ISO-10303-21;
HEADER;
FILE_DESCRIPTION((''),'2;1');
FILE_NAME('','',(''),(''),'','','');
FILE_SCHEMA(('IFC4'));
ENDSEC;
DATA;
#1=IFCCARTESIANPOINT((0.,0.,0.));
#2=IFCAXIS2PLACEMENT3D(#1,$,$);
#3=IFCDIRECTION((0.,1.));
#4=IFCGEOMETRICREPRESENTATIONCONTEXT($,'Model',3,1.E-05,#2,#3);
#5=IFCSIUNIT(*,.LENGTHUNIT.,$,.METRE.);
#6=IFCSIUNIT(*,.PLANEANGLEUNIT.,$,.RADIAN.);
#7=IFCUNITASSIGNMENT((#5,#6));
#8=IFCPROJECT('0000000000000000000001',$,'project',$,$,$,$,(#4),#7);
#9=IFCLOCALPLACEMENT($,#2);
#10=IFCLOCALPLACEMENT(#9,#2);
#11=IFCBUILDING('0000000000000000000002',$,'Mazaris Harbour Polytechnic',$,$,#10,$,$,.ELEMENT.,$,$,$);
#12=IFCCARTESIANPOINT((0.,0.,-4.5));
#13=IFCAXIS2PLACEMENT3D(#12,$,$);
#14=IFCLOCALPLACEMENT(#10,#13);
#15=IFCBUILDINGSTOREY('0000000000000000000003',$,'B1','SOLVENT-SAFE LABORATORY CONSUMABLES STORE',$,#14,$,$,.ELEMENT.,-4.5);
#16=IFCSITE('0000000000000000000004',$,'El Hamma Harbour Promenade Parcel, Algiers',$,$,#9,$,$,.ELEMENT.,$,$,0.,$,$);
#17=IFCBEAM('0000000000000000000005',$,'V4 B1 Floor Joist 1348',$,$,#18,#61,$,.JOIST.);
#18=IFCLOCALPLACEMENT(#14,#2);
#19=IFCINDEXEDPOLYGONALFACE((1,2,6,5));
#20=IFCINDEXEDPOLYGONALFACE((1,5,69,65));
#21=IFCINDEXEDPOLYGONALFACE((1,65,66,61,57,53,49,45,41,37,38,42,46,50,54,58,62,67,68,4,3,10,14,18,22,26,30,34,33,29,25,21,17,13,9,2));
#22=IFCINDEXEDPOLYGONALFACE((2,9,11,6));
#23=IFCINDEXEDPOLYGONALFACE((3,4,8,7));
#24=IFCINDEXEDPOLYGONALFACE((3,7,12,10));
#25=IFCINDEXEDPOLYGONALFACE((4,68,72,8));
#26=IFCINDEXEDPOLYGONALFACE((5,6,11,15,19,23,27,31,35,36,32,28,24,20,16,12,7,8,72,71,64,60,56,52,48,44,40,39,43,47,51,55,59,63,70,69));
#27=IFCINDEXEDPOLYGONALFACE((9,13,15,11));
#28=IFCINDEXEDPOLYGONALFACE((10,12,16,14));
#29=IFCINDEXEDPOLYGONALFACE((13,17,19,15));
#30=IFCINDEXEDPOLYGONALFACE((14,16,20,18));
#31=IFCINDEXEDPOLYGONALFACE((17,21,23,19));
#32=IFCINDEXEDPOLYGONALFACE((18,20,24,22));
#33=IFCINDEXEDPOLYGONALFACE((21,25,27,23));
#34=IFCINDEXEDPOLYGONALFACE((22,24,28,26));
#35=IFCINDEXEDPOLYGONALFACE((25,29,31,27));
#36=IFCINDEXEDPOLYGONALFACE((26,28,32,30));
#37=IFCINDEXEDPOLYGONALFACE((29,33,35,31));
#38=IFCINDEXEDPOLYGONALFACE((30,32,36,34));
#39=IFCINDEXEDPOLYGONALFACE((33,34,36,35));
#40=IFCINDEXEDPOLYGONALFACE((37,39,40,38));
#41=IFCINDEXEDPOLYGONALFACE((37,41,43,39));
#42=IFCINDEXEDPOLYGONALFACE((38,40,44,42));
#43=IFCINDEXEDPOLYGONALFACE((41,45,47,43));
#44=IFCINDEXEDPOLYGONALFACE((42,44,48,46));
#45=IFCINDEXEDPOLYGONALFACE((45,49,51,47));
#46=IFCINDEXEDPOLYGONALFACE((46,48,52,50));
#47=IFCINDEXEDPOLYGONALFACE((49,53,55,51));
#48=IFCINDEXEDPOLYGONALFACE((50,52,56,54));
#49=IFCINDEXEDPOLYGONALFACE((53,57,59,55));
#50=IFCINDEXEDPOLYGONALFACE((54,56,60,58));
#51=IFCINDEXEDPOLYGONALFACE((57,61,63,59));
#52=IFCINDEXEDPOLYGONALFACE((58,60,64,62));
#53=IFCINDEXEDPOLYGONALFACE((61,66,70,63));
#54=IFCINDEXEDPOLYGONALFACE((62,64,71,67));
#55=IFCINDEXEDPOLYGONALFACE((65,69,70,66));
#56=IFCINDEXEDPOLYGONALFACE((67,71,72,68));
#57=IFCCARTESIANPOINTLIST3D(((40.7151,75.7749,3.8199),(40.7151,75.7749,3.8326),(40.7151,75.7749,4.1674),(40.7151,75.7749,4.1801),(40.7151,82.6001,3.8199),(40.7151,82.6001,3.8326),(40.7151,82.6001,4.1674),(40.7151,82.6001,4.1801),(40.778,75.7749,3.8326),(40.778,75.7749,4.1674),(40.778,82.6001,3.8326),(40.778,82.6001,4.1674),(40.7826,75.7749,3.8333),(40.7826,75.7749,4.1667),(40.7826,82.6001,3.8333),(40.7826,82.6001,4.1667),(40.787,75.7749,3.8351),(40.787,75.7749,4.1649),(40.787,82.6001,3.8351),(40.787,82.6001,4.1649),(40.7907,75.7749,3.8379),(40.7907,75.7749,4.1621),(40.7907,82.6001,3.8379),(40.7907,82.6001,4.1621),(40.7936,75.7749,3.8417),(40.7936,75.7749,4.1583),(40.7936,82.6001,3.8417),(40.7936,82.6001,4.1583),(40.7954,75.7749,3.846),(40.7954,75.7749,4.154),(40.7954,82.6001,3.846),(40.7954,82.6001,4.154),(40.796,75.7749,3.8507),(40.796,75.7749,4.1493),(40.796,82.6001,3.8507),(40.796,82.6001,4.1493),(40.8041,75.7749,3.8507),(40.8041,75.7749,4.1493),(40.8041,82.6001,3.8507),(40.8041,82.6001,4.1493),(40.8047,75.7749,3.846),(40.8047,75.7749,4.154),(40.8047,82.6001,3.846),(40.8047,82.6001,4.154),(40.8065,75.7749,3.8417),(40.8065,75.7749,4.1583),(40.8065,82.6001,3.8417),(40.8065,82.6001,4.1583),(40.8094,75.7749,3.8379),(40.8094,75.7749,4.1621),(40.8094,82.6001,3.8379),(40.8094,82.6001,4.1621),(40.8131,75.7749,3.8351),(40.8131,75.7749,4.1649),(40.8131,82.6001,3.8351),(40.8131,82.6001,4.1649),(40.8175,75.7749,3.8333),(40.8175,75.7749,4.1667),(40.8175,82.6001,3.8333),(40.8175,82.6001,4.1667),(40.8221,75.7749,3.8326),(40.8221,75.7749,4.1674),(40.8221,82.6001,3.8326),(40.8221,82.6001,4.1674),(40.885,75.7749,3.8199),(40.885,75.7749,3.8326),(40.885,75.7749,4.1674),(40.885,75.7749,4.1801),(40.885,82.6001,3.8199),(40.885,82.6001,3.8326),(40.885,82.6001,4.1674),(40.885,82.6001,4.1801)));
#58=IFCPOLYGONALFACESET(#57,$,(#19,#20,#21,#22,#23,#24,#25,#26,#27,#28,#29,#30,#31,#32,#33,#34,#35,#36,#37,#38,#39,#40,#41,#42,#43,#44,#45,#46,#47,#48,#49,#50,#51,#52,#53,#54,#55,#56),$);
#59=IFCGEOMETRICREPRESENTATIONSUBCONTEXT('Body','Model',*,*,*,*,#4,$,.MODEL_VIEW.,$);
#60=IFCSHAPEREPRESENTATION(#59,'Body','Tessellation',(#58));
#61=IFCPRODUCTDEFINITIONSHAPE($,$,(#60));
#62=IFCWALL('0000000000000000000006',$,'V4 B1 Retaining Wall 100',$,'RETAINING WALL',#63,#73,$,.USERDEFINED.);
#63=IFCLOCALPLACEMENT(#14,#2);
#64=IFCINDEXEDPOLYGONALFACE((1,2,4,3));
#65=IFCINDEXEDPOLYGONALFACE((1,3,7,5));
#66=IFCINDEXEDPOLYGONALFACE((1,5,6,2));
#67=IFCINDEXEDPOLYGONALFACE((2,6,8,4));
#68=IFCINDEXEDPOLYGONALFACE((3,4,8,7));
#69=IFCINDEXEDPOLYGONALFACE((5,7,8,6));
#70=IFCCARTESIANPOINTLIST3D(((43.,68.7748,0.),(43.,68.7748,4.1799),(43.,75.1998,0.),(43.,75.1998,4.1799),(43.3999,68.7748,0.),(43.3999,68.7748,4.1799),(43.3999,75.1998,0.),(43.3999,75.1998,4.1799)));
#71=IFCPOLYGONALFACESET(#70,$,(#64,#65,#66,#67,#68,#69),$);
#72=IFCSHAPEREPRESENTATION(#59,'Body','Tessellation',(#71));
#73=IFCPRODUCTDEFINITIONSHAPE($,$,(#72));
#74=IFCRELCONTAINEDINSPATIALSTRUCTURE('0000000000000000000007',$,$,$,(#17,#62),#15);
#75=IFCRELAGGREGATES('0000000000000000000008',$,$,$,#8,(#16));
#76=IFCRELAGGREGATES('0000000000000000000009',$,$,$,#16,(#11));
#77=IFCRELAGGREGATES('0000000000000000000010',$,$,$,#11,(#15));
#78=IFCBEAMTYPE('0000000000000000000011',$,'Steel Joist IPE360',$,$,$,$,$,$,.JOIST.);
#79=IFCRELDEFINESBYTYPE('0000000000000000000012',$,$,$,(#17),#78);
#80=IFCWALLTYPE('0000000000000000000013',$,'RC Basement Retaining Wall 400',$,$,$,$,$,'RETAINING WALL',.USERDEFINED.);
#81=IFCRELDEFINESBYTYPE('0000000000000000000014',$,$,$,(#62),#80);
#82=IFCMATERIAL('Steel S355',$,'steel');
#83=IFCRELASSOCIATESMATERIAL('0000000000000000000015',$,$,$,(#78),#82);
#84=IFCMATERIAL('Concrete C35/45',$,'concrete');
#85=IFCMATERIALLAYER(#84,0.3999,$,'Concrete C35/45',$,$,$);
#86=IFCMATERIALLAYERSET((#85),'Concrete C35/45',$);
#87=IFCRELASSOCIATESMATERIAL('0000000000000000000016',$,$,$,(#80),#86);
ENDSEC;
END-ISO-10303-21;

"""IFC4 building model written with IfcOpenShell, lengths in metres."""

from ifc_helpers import new_model, si_unit, direction, frame, frame_2d, origin, origin_2d, place, context, subcontext, project, spatial, rectangle, i_section, extrude, material, layer, layer_set, material_profile, profile_set, type_object, element, save


model = new_model("IFC4")

# Units and contexts
model_context = context("Model", 3, precision=1e-05, world=origin(), true_north=direction((0.0, 1.0)))
body_context = subcontext(model_context, "Body", "Model", "MODEL_VIEW")
ifc_project = project(units=[si_unit("LENGTHUNIT", "METRE"), si_unit("PLANEANGLEUNIT", "RADIAN")], contexts=[model_context])

# Site, building, storey
site_placement = place(None, origin())
site = spatial("IfcSite", under=ifc_project, at=site_placement, Name="El Hamma Harbour Promenade Parcel, Algiers", CompositionType="ELEMENT", RefElevation=0.0)
building_placement = place(site_placement, origin())
building = spatial("IfcBuilding", under=site, at=building_placement, Name="Mazaris Harbour Polytechnic", CompositionType="ELEMENT")
storey_placement = place(building_placement, frame((0.0, 0.0, -4.5)))
storey = spatial("IfcBuildingStorey", under=building, at=storey_placement, Name="B1", Description="SOLVENT-SAFE LABORATORY CONSUMABLES STORE", CompositionType="ELEMENT", Elevation=-4.5)

# Beam
ifc_material_1 = material(Name="Steel S355", Category="steel")
ifc_material_profile_1 = material_profile(ifc_material_1, i_section(OverallWidth=0.1699, OverallDepth=0.3601, WebThickness=0.0081, FlangeThickness=0.0127, FilletRadius=0.0181, at=origin_2d()), Name="IPE 360")
ifc_profile_set_1 = profile_set([ifc_material_profile_1], Name="Steel S355")
beam_type_1 = type_object("IfcBeamType", Name="Steel Joist IPE360", PredefinedType="JOIST", material=ifc_profile_set_1)
beam_1_placement = place(storey_placement, frame((40.8, 75.7749, 4.0), z_axis=(0.0, 1.0, 0.0), x_axis=(-1.0, 0.0, 0.0)))
element("IfcBeam", 1, at=beam_1_placement, inside=storey, type_object=beam_type_1, Name="V4 B1 Floor Joist 1348", PredefinedType="JOIST", context=body_context, shape_type="SweptSolid", body=[
    extrude(i_section(OverallWidth=0.1699, OverallDepth=0.3601, WebThickness=0.0081, FlangeThickness=0.0127, FilletRadius=0.0181, at=origin_2d()), origin(), (0.0, 0.0, 1.0), 6.8252),
])

# Wall
ifc_material_2 = material(Name="Concrete C35/45", Category="concrete")
ifc_layer = layer(ifc_material_2, 0.3999, Name="Concrete C35/45")
ifc_layer_set = layer_set([ifc_layer], Name="Concrete C35/45")
wall_type = type_object("IfcWallType", Name="RC Basement Retaining Wall 400", ElementType="RETAINING WALL", PredefinedType="USERDEFINED", material=ifc_layer_set)
wall_placement = place(storey_placement, frame((43.2, 68.7749, 0.0), z_axis=(0.0, 0.0, 1.0), x_axis=(0.0, 1.0, 0.0)))
element("IfcWall", 2, at=wall_placement, inside=storey, type_object=wall_type, Name="V4 B1 Retaining Wall 100", ObjectType="RETAINING WALL", PredefinedType="USERDEFINED", context=body_context, shape_type="SweptSolid", body=[
    extrude(rectangle(XDim=6.425, YDim=0.3999, at=frame_2d((3.2124, 0.0))), origin(), (0.0, 0.0, 1.0), 4.1799),
])

save(model, "model.ifc")
